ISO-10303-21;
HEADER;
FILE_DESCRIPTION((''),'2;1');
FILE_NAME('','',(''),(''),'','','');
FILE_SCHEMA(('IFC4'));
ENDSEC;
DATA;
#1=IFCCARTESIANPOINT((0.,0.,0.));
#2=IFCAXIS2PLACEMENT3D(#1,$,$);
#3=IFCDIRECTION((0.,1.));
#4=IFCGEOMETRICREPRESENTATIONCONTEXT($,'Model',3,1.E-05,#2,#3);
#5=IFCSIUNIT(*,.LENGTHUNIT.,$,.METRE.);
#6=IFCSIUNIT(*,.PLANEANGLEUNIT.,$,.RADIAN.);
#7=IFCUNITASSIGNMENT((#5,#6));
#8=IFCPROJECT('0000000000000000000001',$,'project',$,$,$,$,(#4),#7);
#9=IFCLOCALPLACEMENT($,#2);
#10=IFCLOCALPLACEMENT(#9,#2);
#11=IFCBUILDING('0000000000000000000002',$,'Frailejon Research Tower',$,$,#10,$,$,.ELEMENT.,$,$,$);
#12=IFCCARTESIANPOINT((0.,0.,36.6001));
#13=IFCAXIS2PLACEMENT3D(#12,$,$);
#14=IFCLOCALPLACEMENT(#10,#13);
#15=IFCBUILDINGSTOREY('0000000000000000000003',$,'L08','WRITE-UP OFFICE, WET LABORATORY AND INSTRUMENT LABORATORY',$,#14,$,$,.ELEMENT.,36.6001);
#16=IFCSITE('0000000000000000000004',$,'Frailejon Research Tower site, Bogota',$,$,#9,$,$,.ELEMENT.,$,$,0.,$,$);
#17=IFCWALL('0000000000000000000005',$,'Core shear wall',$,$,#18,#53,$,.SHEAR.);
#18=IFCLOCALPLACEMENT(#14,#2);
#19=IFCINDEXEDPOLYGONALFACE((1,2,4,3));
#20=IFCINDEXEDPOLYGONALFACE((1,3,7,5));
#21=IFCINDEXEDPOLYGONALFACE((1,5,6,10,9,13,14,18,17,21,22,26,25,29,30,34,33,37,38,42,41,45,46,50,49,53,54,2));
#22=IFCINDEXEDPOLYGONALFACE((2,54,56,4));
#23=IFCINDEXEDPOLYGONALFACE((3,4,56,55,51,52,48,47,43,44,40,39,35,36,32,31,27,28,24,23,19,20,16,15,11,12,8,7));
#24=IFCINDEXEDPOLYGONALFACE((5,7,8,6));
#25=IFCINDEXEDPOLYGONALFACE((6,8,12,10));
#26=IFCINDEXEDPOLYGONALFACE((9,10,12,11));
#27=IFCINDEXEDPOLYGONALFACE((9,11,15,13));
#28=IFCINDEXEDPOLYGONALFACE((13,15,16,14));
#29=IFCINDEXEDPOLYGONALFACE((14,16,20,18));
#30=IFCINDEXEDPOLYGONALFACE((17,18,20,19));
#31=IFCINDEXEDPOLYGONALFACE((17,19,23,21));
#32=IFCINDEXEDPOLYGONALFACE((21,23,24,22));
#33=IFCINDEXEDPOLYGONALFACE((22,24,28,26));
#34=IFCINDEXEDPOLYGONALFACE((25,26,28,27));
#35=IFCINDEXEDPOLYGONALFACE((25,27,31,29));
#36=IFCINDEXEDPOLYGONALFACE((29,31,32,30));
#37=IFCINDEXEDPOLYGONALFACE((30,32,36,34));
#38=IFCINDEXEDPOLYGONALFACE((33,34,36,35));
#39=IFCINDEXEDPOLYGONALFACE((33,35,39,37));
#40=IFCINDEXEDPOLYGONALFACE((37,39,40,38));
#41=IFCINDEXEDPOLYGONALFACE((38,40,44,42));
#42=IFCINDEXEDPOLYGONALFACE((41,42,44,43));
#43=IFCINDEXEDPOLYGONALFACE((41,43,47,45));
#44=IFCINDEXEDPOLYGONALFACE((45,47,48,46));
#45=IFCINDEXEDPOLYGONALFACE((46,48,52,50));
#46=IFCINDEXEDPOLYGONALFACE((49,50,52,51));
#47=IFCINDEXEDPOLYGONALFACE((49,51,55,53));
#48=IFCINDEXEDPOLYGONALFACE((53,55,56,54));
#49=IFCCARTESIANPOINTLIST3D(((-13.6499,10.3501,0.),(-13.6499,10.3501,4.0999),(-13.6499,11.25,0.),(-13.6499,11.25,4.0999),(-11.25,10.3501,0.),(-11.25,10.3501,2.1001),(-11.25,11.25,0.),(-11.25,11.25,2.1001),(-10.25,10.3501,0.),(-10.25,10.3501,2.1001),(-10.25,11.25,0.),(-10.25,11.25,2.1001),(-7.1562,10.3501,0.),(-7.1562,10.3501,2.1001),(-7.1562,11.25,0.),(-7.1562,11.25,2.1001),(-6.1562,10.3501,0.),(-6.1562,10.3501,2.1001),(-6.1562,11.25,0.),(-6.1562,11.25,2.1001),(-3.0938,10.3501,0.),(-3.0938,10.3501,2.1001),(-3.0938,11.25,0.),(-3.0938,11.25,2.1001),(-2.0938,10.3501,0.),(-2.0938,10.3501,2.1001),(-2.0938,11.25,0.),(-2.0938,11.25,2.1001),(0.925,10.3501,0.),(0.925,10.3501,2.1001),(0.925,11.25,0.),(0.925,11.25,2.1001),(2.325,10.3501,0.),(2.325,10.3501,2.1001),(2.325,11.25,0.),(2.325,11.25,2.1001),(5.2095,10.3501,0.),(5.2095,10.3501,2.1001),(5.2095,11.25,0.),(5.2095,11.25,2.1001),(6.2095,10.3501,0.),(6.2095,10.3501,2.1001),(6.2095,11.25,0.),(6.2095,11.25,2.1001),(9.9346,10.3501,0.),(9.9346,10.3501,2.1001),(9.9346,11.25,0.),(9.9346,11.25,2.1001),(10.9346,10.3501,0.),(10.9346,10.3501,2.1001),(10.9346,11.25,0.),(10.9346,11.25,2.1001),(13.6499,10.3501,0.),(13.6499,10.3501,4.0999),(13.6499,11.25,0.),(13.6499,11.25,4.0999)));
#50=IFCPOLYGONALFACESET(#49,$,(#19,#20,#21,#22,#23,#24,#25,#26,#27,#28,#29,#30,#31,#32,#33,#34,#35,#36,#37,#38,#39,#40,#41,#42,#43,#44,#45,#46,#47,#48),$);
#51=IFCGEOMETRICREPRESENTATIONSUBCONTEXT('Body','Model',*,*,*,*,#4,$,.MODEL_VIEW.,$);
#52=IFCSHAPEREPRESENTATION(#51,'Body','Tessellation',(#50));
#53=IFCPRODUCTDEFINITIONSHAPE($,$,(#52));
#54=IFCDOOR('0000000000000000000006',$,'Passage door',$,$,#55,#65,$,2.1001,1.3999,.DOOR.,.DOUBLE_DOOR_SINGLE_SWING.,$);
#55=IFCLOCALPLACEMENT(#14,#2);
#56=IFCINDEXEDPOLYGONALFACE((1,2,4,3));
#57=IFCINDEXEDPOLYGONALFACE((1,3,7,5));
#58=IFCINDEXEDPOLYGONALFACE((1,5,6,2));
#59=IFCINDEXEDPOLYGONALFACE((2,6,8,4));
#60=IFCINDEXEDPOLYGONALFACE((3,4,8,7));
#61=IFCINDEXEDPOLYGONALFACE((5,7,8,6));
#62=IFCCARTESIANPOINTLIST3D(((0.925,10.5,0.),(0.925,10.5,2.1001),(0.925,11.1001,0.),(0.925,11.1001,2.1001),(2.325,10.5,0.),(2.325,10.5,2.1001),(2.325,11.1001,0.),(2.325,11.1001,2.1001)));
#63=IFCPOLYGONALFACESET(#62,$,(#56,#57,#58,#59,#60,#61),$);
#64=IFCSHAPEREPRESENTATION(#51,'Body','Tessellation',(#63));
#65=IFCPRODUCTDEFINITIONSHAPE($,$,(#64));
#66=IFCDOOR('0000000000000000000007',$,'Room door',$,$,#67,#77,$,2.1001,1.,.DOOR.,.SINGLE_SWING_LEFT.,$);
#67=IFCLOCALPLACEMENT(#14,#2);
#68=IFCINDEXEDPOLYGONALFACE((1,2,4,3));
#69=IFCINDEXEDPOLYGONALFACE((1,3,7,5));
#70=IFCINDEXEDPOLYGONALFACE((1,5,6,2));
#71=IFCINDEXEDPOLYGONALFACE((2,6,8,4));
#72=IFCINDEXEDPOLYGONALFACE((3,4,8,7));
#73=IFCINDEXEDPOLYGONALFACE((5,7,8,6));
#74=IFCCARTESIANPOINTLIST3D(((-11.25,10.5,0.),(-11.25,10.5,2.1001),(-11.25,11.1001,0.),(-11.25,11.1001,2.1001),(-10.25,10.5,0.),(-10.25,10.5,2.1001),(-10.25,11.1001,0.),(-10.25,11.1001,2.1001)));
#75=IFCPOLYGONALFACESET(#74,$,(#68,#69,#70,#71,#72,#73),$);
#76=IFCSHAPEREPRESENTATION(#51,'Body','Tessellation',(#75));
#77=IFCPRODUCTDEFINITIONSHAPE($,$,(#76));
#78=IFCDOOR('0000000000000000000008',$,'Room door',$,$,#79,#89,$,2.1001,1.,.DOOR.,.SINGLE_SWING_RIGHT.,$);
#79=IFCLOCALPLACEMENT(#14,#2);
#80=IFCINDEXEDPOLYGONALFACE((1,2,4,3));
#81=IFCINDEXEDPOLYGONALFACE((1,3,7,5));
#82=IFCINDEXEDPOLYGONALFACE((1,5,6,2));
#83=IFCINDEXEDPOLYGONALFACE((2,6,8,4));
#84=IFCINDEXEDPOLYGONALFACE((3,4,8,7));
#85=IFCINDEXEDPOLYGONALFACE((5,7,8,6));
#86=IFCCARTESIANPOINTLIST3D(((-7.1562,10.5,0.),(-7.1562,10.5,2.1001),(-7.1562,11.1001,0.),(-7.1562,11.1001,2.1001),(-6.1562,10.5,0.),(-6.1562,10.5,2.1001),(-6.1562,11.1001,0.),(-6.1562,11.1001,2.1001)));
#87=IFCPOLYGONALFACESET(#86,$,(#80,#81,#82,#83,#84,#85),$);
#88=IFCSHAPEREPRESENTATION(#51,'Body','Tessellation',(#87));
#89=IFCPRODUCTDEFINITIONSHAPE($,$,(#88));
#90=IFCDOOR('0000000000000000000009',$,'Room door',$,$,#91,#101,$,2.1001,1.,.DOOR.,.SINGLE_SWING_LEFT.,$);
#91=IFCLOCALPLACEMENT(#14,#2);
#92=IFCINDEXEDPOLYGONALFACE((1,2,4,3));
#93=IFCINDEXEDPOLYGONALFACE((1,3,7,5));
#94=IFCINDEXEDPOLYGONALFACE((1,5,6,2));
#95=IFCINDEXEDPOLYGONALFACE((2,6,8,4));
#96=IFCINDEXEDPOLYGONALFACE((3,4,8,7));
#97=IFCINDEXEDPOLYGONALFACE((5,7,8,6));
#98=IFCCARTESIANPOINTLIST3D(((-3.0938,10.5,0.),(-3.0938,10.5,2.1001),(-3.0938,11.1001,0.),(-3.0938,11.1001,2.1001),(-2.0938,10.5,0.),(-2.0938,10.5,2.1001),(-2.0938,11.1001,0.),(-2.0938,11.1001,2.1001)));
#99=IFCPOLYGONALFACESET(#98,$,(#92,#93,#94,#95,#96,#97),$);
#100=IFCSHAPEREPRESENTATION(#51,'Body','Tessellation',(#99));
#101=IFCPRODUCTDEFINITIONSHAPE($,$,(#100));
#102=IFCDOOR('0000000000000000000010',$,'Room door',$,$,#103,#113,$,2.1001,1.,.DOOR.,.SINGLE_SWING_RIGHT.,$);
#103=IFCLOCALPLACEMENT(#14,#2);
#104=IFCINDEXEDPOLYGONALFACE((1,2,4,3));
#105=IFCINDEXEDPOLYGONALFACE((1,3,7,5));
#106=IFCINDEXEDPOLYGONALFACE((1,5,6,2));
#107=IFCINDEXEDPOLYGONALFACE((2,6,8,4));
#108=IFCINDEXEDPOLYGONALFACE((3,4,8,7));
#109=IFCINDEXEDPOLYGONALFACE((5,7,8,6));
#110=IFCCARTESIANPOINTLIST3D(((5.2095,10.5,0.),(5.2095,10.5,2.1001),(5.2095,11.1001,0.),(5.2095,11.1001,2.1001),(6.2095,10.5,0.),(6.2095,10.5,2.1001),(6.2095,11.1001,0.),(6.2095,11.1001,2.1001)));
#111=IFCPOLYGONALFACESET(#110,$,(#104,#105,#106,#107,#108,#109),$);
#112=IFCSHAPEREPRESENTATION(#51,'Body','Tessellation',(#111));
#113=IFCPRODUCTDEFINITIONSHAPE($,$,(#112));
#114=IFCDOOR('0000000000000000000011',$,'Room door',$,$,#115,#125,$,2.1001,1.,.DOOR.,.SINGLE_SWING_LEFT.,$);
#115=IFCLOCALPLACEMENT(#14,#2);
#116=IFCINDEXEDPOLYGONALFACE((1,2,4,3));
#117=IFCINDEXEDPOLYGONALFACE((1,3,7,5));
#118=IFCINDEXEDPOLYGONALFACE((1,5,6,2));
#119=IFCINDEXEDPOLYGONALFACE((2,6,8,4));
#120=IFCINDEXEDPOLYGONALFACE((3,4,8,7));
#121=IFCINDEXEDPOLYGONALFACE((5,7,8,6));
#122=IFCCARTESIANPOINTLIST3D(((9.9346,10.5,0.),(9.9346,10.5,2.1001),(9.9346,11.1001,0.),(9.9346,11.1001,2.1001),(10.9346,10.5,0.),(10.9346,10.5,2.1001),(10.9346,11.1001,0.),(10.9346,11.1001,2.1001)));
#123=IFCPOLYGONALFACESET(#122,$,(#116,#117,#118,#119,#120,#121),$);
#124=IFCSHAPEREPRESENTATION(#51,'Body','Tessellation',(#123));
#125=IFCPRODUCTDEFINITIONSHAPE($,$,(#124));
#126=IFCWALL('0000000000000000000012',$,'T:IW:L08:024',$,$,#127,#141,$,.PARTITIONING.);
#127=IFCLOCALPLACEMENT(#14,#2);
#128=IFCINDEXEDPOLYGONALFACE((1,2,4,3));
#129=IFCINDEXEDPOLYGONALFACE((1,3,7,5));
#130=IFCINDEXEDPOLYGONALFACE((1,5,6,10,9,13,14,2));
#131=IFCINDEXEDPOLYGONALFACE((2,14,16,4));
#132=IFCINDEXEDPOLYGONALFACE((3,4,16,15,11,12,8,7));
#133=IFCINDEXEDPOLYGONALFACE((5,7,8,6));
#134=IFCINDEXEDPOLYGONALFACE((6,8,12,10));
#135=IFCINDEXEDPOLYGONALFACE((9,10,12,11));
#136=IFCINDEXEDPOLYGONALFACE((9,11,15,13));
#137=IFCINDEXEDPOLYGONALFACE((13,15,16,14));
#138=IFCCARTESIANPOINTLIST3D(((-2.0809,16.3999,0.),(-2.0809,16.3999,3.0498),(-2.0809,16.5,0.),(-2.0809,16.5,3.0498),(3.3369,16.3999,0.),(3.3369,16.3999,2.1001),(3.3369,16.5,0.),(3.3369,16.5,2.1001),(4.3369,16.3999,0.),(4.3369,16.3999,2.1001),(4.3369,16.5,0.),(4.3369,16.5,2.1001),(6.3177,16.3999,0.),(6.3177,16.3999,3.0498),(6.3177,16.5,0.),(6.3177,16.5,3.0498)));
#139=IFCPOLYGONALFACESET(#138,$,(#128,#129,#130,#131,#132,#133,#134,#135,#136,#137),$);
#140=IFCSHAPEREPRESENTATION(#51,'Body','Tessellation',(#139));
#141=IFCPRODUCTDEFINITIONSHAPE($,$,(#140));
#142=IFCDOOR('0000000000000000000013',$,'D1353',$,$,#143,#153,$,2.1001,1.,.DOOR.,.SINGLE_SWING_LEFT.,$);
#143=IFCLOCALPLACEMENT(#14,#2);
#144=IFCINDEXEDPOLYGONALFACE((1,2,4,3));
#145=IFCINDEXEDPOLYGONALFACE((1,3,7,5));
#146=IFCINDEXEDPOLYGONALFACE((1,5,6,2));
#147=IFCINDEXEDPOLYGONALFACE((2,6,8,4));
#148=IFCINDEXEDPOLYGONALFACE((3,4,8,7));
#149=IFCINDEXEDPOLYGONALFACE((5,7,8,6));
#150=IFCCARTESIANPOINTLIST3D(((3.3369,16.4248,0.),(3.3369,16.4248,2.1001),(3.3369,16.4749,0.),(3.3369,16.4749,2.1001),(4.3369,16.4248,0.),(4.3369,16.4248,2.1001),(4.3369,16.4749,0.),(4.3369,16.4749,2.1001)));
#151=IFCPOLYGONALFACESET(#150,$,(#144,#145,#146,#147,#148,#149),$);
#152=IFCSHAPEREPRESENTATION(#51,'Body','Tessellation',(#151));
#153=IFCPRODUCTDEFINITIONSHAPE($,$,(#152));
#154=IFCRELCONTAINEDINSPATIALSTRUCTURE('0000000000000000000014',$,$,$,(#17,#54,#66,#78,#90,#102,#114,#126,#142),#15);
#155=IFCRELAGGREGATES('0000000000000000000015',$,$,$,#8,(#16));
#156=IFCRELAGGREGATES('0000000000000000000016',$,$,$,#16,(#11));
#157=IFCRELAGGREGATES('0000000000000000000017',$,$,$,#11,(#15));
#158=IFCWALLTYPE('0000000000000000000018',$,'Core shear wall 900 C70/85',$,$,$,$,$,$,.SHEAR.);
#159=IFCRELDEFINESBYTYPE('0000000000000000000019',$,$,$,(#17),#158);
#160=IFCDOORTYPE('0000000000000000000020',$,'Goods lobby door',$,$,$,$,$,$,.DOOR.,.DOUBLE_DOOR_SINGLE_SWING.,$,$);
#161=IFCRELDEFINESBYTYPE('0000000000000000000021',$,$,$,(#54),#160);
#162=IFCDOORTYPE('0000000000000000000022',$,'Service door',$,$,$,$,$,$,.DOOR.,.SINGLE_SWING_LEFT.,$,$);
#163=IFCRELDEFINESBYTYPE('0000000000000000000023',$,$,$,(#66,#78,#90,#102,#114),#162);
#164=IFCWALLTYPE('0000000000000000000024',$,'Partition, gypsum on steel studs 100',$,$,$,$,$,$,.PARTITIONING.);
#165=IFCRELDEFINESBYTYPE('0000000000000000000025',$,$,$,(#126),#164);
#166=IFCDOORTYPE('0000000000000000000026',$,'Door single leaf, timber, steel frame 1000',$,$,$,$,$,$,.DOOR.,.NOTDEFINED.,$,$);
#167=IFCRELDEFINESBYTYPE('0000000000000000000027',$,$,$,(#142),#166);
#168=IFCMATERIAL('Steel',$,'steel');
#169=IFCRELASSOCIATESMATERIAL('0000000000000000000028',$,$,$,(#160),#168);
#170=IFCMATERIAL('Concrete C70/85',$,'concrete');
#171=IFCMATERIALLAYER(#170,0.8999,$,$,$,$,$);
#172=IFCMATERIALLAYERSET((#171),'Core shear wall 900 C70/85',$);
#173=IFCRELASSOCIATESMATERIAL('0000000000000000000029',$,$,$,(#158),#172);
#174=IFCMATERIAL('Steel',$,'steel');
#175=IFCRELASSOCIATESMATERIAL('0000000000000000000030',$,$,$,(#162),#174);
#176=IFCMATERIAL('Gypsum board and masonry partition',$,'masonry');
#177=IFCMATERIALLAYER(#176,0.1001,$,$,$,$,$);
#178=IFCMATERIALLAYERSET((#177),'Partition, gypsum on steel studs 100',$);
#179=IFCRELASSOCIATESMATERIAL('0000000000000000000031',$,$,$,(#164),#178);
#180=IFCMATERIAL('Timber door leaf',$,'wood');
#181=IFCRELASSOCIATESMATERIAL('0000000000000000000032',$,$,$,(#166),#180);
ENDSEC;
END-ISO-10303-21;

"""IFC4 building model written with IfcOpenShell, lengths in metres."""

from ifc_helpers import new_model, si_unit, direction, frame, frame_2d, origin, place, context, subcontext, project, spatial, rectangle, extrude, material, layer, layer_set, type_object, element, fill, save


model = new_model("IFC4")

# Units and contexts
model_context = context("Model", 3, precision=1e-05, world=origin(), true_north=direction((0.0, 1.0)))
body_context = subcontext(model_context, "Body", "Model", "MODEL_VIEW")
ifc_project = project(units=[si_unit("LENGTHUNIT", "METRE"), si_unit("PLANEANGLEUNIT", "RADIAN")], contexts=[model_context])

# Site, building, storey
site_placement = place(None, origin())
site = spatial("IfcSite", under=ifc_project, at=site_placement, Name="Frailejon Research Tower site, Bogota", CompositionType="ELEMENT", RefElevation=0.0)
building_placement = place(site_placement, origin())
building = spatial("IfcBuilding", under=site, at=building_placement, Name="Frailejon Research Tower", CompositionType="ELEMENT")
storey_placement = place(building_placement, frame((0.0, 0.0, 36.6001)))
storey = spatial("IfcBuildingStorey", under=building, at=storey_placement, Name="L08", Description="WRITE-UP OFFICE, WET LABORATORY AND INSTRUMENT LABORATORY", CompositionType="ELEMENT", Elevation=36.6001)

# Shared definitions
ifc_material_1 = material(Name="Steel", Category="steel")
door_type_1 = type_object("IfcDoorType", Name="Goods lobby door", OperationType="DOUBLE_DOOR_SINGLE_SWING", PredefinedType="DOOR", material=ifc_material_1)

# Wall, openings, doors
ifc_material_2 = material(Name="Concrete C70/85", Category="concrete")
ifc_layer_1 = layer(ifc_material_2, 0.8999)
ifc_layer_set_1 = layer_set([ifc_layer_1], Name="Core shear wall 900 C70/85")
wall_type_1 = type_object("IfcWallType", Name="Core shear wall 900 C70/85", PredefinedType="SHEAR", material=ifc_layer_set_1)
wall_1_placement = place(storey_placement, frame((-13.6499, 10.8, 0.0), z_axis=(0.0, 0.0, 1.0), x_axis=(1.0, 0.0, 0.0)))
wall_1 = element("IfcWall", 1, at=wall_1_placement, inside=storey, type_object=wall_type_1, Name="Core shear wall", PredefinedType="SHEAR", context=body_context, shape_type="SweptSolid", body=[
    extrude(rectangle(XDim=27.2998, YDim=0.8999, at=frame_2d((13.6499, 0.0))), origin(), (0.0, 0.0, 1.0), 4.0999),
])
opening_1_placement = place(wall_1_placement, frame((2.3999, 0.0, 0.0)))
opening_1 = element("IfcOpeningElement", 2, at=opening_1_placement, cuts=wall_1, PredefinedType="OPENING", context=body_context, shape_type="SweptSolid", body=[
    extrude(rectangle(XDim=1.0, YDim=2.1001, at=frame_2d((0.5, 1.05))), frame((0.0, 0.46, 0.0), z_axis=(0.0, -1.0, 0.0), x_axis=(1.0, 0.0, 0.0)), (0.0, 0.0, 1.0), 0.9199),
])
opening_2_placement = place(wall_1_placement, frame((6.4937, 0.0, 0.0)))
opening_2 = element("IfcOpeningElement", 3, at=opening_2_placement, cuts=wall_1, PredefinedType="OPENING", context=body_context, shape_type="SweptSolid", body=[
    extrude(rectangle(XDim=1.0, YDim=2.1001, at=frame_2d((0.5, 1.05))), frame((0.0, 0.46, 0.0), z_axis=(0.0, -1.0, 0.0), x_axis=(1.0, 0.0, 0.0)), (0.0, 0.0, 1.0), 0.9199),
])
opening_3_placement = place(wall_1_placement, frame((10.5562, 0.0, 0.0)))
opening_3 = element("IfcOpeningElement", 4, at=opening_3_placement, cuts=wall_1, PredefinedType="OPENING", context=body_context, shape_type="SweptSolid", body=[
    extrude(rectangle(XDim=1.0, YDim=2.1001, at=frame_2d((0.5, 1.05))), frame((0.0, 0.46, 0.0), z_axis=(0.0, -1.0, 0.0), x_axis=(1.0, 0.0, 0.0)), (0.0, 0.0, 1.0), 0.9199),
])
opening_4_placement = place(wall_1_placement, frame((18.8594, 0.0, 0.0)))
opening_4 = element("IfcOpeningElement", 5, at=opening_4_placement, cuts=wall_1, PredefinedType="OPENING", context=body_context, shape_type="SweptSolid", body=[
    extrude(rectangle(XDim=1.0, YDim=2.1001, at=frame_2d((0.5, 1.05))), frame((0.0, 0.46, 0.0), z_axis=(0.0, -1.0, 0.0), x_axis=(1.0, 0.0, 0.0)), (0.0, 0.0, 1.0), 0.9199),
])
opening_5_placement = place(wall_1_placement, frame((23.5845, 0.0, 0.0)))
opening_5 = element("IfcOpeningElement", 6, at=opening_5_placement, cuts=wall_1, PredefinedType="OPENING", context=body_context, shape_type="SweptSolid", body=[
    extrude(rectangle(XDim=1.0, YDim=2.1001, at=frame_2d((0.5, 1.05))), frame((0.0, 0.46, 0.0), z_axis=(0.0, -1.0, 0.0), x_axis=(1.0, 0.0, 0.0)), (0.0, 0.0, 1.0), 0.9199),
])
opening_6_placement = place(wall_1_placement, frame((14.575, 0.0, 0.0)))
opening_6 = element("IfcOpeningElement", 7, at=opening_6_placement, cuts=wall_1, PredefinedType="OPENING", context=body_context, shape_type="SweptSolid", body=[
    extrude(rectangle(XDim=1.3999, YDim=2.1001, at=frame_2d((0.7, 1.05))), frame((0.0, 0.46, 0.0), z_axis=(0.0, -1.0, 0.0), x_axis=(1.0, 0.0, 0.0)), (0.0, 0.0, 1.0), 0.9199),
])
door_1_placement = place(opening_6_placement, origin())
door_1 = element("IfcDoor", 8, at=door_1_placement, inside=storey, type_object=door_type_1, Name="Passage door", OperationType="DOUBLE_DOOR_SINGLE_SWING", OverallHeight=2.1001, OverallWidth=1.3999, PredefinedType="DOOR", context=body_context, shape_type="SweptSolid", body=[
    extrude(rectangle(XDim=1.3999, YDim=2.1001, at=frame_2d((0.7, 1.05))), frame((0.0, 0.3, 0.0), z_axis=(0.0, -1.0, 0.0), x_axis=(1.0, 0.0, 0.0)), (0.0, 0.0, 1.0), 0.6001),
])
fill(opening_6, door_1)
ifc_material_3 = material(Name="Steel", Category="steel")
door_type_2 = type_object("IfcDoorType", Name="Service door", OperationType="SINGLE_SWING_LEFT", PredefinedType="DOOR", material=ifc_material_3)
door_2_placement = place(opening_1_placement, origin())
door_2 = element("IfcDoor", 9, at=door_2_placement, inside=storey, type_object=door_type_2, Name="Room door", OperationType="SINGLE_SWING_LEFT", OverallHeight=2.1001, OverallWidth=1.0, PredefinedType="DOOR", context=body_context, shape_type="SweptSolid", body=[
    extrude(rectangle(XDim=1.0, YDim=2.1001, at=frame_2d((0.5, 1.05))), frame((0.0, 0.3, 0.0), z_axis=(0.0, -1.0, 0.0), x_axis=(1.0, 0.0, 0.0)), (0.0, 0.0, 1.0), 0.6001),
])
fill(opening_1, door_2)
door_3_placement = place(opening_2_placement, origin())
door_3 = element("IfcDoor", 10, at=door_3_placement, inside=storey, type_object=door_type_2, Name="Room door", OperationType="SINGLE_SWING_RIGHT", OverallHeight=2.1001, OverallWidth=1.0, PredefinedType="DOOR", context=body_context, shape_type="SweptSolid", body=[
    extrude(rectangle(XDim=1.0, YDim=2.1001, at=frame_2d((0.5, 1.05))), frame((0.0, 0.3, 0.0), z_axis=(0.0, -1.0, 0.0), x_axis=(1.0, 0.0, 0.0)), (0.0, 0.0, 1.0), 0.6001),
])
fill(opening_2, door_3)
door_4_placement = place(opening_3_placement, origin())
door_4 = element("IfcDoor", 11, at=door_4_placement, inside=storey, type_object=door_type_2, Name="Room door", OperationType="SINGLE_SWING_LEFT", OverallHeight=2.1001, OverallWidth=1.0, PredefinedType="DOOR", context=body_context, shape_type="SweptSolid", body=[
    extrude(rectangle(XDim=1.0, YDim=2.1001, at=frame_2d((0.5, 1.05))), frame((0.0, 0.3, 0.0), z_axis=(0.0, -1.0, 0.0), x_axis=(1.0, 0.0, 0.0)), (0.0, 0.0, 1.0), 0.6001),
])
fill(opening_3, door_4)
door_5_placement = place(opening_4_placement, origin())
door_5 = element("IfcDoor", 12, at=door_5_placement, inside=storey, type_object=door_type_2, Name="Room door", OperationType="SINGLE_SWING_RIGHT", OverallHeight=2.1001, OverallWidth=1.0, PredefinedType="DOOR", context=body_context, shape_type="SweptSolid", body=[
    extrude(rectangle(XDim=1.0, YDim=2.1001, at=frame_2d((0.5, 1.05))), frame((0.0, 0.3, 0.0), z_axis=(0.0, -1.0, 0.0), x_axis=(1.0, 0.0, 0.0)), (0.0, 0.0, 1.0), 0.6001),
])
fill(opening_4, door_5)
door_6_placement = place(opening_5_placement, origin())
door_6 = element("IfcDoor", 13, at=door_6_placement, inside=storey, type_object=door_type_2, Name="Room door", OperationType="SINGLE_SWING_LEFT", OverallHeight=2.1001, OverallWidth=1.0, PredefinedType="DOOR", context=body_context, shape_type="SweptSolid", body=[
    extrude(rectangle(XDim=1.0, YDim=2.1001, at=frame_2d((0.5, 1.05))), frame((0.0, 0.3, 0.0), z_axis=(0.0, -1.0, 0.0), x_axis=(1.0, 0.0, 0.0)), (0.0, 0.0, 1.0), 0.6001),
])
fill(opening_5, door_6)

# Wall, opening, door
ifc_material_4 = material(Name="Gypsum board and masonry partition", Category="masonry")
ifc_layer_2 = layer(ifc_material_4, 0.1001)
ifc_layer_set_2 = layer_set([ifc_layer_2], Name="Partition, gypsum on steel studs 100")
wall_type_2 = type_object("IfcWallType", Name="Partition, gypsum on steel studs 100", PredefinedType="PARTITIONING", material=ifc_layer_set_2)
wall_2_placement = place(storey_placement, frame((-2.0808, 16.45, 0.0), z_axis=(0.0, 0.0, 1.0), x_axis=(1.0, 0.0, 0.0)))
wall_2 = element("IfcWall", 14, at=wall_2_placement, inside=storey, type_object=wall_type_2, Name="T:IW:L08:024", PredefinedType="PARTITIONING", context=body_context, shape_type="SweptSolid", body=[
    extrude(rectangle(XDim=8.3987, YDim=0.1001, at=frame_2d((4.1992, 0.0))), origin(), (0.0, 0.0, 1.0), 3.0498),
])
opening_7_placement = place(wall_2_placement, frame((5.4177, 0.0, 0.0)))
opening_7 = element("IfcOpeningElement", 15, at=opening_7_placement, cuts=wall_2, PredefinedType="OPENING", context=body_context, shape_type="SweptSolid", body=[
    extrude(rectangle(XDim=1.0, YDim=2.1001, at=frame_2d((0.5, 1.05))), frame((0.0, 0.0601, 0.0), z_axis=(0.0, -1.0, 0.0), x_axis=(1.0, 0.0, 0.0)), (0.0, 0.0, 1.0), 0.1201),
])
ifc_material_5 = material(Name="Timber door leaf", Category="wood")
door_type_3 = type_object("IfcDoorType", Name="Door single leaf, timber, steel frame 1000", OperationType="NOTDEFINED", PredefinedType="DOOR", material=ifc_material_5)
door_7_placement = place(opening_7_placement, origin())
door_7 = element("IfcDoor", 16, at=door_7_placement, inside=storey, type_object=door_type_3, Name="D1353", OperationType="SINGLE_SWING_LEFT", OverallHeight=2.1001, OverallWidth=1.0, PredefinedType="DOOR", context=body_context, shape_type="SweptSolid", body=[
    extrude(rectangle(XDim=1.0, YDim=2.1001, at=frame_2d((0.5, 1.05))), frame((0.0, 0.0249, 0.0), z_axis=(0.0, -1.0, 0.0), x_axis=(1.0, 0.0, 0.0)), (0.0, 0.0, 1.0), 0.05),
])
fill(opening_7, door_7)

save(model, "model.ifc")
